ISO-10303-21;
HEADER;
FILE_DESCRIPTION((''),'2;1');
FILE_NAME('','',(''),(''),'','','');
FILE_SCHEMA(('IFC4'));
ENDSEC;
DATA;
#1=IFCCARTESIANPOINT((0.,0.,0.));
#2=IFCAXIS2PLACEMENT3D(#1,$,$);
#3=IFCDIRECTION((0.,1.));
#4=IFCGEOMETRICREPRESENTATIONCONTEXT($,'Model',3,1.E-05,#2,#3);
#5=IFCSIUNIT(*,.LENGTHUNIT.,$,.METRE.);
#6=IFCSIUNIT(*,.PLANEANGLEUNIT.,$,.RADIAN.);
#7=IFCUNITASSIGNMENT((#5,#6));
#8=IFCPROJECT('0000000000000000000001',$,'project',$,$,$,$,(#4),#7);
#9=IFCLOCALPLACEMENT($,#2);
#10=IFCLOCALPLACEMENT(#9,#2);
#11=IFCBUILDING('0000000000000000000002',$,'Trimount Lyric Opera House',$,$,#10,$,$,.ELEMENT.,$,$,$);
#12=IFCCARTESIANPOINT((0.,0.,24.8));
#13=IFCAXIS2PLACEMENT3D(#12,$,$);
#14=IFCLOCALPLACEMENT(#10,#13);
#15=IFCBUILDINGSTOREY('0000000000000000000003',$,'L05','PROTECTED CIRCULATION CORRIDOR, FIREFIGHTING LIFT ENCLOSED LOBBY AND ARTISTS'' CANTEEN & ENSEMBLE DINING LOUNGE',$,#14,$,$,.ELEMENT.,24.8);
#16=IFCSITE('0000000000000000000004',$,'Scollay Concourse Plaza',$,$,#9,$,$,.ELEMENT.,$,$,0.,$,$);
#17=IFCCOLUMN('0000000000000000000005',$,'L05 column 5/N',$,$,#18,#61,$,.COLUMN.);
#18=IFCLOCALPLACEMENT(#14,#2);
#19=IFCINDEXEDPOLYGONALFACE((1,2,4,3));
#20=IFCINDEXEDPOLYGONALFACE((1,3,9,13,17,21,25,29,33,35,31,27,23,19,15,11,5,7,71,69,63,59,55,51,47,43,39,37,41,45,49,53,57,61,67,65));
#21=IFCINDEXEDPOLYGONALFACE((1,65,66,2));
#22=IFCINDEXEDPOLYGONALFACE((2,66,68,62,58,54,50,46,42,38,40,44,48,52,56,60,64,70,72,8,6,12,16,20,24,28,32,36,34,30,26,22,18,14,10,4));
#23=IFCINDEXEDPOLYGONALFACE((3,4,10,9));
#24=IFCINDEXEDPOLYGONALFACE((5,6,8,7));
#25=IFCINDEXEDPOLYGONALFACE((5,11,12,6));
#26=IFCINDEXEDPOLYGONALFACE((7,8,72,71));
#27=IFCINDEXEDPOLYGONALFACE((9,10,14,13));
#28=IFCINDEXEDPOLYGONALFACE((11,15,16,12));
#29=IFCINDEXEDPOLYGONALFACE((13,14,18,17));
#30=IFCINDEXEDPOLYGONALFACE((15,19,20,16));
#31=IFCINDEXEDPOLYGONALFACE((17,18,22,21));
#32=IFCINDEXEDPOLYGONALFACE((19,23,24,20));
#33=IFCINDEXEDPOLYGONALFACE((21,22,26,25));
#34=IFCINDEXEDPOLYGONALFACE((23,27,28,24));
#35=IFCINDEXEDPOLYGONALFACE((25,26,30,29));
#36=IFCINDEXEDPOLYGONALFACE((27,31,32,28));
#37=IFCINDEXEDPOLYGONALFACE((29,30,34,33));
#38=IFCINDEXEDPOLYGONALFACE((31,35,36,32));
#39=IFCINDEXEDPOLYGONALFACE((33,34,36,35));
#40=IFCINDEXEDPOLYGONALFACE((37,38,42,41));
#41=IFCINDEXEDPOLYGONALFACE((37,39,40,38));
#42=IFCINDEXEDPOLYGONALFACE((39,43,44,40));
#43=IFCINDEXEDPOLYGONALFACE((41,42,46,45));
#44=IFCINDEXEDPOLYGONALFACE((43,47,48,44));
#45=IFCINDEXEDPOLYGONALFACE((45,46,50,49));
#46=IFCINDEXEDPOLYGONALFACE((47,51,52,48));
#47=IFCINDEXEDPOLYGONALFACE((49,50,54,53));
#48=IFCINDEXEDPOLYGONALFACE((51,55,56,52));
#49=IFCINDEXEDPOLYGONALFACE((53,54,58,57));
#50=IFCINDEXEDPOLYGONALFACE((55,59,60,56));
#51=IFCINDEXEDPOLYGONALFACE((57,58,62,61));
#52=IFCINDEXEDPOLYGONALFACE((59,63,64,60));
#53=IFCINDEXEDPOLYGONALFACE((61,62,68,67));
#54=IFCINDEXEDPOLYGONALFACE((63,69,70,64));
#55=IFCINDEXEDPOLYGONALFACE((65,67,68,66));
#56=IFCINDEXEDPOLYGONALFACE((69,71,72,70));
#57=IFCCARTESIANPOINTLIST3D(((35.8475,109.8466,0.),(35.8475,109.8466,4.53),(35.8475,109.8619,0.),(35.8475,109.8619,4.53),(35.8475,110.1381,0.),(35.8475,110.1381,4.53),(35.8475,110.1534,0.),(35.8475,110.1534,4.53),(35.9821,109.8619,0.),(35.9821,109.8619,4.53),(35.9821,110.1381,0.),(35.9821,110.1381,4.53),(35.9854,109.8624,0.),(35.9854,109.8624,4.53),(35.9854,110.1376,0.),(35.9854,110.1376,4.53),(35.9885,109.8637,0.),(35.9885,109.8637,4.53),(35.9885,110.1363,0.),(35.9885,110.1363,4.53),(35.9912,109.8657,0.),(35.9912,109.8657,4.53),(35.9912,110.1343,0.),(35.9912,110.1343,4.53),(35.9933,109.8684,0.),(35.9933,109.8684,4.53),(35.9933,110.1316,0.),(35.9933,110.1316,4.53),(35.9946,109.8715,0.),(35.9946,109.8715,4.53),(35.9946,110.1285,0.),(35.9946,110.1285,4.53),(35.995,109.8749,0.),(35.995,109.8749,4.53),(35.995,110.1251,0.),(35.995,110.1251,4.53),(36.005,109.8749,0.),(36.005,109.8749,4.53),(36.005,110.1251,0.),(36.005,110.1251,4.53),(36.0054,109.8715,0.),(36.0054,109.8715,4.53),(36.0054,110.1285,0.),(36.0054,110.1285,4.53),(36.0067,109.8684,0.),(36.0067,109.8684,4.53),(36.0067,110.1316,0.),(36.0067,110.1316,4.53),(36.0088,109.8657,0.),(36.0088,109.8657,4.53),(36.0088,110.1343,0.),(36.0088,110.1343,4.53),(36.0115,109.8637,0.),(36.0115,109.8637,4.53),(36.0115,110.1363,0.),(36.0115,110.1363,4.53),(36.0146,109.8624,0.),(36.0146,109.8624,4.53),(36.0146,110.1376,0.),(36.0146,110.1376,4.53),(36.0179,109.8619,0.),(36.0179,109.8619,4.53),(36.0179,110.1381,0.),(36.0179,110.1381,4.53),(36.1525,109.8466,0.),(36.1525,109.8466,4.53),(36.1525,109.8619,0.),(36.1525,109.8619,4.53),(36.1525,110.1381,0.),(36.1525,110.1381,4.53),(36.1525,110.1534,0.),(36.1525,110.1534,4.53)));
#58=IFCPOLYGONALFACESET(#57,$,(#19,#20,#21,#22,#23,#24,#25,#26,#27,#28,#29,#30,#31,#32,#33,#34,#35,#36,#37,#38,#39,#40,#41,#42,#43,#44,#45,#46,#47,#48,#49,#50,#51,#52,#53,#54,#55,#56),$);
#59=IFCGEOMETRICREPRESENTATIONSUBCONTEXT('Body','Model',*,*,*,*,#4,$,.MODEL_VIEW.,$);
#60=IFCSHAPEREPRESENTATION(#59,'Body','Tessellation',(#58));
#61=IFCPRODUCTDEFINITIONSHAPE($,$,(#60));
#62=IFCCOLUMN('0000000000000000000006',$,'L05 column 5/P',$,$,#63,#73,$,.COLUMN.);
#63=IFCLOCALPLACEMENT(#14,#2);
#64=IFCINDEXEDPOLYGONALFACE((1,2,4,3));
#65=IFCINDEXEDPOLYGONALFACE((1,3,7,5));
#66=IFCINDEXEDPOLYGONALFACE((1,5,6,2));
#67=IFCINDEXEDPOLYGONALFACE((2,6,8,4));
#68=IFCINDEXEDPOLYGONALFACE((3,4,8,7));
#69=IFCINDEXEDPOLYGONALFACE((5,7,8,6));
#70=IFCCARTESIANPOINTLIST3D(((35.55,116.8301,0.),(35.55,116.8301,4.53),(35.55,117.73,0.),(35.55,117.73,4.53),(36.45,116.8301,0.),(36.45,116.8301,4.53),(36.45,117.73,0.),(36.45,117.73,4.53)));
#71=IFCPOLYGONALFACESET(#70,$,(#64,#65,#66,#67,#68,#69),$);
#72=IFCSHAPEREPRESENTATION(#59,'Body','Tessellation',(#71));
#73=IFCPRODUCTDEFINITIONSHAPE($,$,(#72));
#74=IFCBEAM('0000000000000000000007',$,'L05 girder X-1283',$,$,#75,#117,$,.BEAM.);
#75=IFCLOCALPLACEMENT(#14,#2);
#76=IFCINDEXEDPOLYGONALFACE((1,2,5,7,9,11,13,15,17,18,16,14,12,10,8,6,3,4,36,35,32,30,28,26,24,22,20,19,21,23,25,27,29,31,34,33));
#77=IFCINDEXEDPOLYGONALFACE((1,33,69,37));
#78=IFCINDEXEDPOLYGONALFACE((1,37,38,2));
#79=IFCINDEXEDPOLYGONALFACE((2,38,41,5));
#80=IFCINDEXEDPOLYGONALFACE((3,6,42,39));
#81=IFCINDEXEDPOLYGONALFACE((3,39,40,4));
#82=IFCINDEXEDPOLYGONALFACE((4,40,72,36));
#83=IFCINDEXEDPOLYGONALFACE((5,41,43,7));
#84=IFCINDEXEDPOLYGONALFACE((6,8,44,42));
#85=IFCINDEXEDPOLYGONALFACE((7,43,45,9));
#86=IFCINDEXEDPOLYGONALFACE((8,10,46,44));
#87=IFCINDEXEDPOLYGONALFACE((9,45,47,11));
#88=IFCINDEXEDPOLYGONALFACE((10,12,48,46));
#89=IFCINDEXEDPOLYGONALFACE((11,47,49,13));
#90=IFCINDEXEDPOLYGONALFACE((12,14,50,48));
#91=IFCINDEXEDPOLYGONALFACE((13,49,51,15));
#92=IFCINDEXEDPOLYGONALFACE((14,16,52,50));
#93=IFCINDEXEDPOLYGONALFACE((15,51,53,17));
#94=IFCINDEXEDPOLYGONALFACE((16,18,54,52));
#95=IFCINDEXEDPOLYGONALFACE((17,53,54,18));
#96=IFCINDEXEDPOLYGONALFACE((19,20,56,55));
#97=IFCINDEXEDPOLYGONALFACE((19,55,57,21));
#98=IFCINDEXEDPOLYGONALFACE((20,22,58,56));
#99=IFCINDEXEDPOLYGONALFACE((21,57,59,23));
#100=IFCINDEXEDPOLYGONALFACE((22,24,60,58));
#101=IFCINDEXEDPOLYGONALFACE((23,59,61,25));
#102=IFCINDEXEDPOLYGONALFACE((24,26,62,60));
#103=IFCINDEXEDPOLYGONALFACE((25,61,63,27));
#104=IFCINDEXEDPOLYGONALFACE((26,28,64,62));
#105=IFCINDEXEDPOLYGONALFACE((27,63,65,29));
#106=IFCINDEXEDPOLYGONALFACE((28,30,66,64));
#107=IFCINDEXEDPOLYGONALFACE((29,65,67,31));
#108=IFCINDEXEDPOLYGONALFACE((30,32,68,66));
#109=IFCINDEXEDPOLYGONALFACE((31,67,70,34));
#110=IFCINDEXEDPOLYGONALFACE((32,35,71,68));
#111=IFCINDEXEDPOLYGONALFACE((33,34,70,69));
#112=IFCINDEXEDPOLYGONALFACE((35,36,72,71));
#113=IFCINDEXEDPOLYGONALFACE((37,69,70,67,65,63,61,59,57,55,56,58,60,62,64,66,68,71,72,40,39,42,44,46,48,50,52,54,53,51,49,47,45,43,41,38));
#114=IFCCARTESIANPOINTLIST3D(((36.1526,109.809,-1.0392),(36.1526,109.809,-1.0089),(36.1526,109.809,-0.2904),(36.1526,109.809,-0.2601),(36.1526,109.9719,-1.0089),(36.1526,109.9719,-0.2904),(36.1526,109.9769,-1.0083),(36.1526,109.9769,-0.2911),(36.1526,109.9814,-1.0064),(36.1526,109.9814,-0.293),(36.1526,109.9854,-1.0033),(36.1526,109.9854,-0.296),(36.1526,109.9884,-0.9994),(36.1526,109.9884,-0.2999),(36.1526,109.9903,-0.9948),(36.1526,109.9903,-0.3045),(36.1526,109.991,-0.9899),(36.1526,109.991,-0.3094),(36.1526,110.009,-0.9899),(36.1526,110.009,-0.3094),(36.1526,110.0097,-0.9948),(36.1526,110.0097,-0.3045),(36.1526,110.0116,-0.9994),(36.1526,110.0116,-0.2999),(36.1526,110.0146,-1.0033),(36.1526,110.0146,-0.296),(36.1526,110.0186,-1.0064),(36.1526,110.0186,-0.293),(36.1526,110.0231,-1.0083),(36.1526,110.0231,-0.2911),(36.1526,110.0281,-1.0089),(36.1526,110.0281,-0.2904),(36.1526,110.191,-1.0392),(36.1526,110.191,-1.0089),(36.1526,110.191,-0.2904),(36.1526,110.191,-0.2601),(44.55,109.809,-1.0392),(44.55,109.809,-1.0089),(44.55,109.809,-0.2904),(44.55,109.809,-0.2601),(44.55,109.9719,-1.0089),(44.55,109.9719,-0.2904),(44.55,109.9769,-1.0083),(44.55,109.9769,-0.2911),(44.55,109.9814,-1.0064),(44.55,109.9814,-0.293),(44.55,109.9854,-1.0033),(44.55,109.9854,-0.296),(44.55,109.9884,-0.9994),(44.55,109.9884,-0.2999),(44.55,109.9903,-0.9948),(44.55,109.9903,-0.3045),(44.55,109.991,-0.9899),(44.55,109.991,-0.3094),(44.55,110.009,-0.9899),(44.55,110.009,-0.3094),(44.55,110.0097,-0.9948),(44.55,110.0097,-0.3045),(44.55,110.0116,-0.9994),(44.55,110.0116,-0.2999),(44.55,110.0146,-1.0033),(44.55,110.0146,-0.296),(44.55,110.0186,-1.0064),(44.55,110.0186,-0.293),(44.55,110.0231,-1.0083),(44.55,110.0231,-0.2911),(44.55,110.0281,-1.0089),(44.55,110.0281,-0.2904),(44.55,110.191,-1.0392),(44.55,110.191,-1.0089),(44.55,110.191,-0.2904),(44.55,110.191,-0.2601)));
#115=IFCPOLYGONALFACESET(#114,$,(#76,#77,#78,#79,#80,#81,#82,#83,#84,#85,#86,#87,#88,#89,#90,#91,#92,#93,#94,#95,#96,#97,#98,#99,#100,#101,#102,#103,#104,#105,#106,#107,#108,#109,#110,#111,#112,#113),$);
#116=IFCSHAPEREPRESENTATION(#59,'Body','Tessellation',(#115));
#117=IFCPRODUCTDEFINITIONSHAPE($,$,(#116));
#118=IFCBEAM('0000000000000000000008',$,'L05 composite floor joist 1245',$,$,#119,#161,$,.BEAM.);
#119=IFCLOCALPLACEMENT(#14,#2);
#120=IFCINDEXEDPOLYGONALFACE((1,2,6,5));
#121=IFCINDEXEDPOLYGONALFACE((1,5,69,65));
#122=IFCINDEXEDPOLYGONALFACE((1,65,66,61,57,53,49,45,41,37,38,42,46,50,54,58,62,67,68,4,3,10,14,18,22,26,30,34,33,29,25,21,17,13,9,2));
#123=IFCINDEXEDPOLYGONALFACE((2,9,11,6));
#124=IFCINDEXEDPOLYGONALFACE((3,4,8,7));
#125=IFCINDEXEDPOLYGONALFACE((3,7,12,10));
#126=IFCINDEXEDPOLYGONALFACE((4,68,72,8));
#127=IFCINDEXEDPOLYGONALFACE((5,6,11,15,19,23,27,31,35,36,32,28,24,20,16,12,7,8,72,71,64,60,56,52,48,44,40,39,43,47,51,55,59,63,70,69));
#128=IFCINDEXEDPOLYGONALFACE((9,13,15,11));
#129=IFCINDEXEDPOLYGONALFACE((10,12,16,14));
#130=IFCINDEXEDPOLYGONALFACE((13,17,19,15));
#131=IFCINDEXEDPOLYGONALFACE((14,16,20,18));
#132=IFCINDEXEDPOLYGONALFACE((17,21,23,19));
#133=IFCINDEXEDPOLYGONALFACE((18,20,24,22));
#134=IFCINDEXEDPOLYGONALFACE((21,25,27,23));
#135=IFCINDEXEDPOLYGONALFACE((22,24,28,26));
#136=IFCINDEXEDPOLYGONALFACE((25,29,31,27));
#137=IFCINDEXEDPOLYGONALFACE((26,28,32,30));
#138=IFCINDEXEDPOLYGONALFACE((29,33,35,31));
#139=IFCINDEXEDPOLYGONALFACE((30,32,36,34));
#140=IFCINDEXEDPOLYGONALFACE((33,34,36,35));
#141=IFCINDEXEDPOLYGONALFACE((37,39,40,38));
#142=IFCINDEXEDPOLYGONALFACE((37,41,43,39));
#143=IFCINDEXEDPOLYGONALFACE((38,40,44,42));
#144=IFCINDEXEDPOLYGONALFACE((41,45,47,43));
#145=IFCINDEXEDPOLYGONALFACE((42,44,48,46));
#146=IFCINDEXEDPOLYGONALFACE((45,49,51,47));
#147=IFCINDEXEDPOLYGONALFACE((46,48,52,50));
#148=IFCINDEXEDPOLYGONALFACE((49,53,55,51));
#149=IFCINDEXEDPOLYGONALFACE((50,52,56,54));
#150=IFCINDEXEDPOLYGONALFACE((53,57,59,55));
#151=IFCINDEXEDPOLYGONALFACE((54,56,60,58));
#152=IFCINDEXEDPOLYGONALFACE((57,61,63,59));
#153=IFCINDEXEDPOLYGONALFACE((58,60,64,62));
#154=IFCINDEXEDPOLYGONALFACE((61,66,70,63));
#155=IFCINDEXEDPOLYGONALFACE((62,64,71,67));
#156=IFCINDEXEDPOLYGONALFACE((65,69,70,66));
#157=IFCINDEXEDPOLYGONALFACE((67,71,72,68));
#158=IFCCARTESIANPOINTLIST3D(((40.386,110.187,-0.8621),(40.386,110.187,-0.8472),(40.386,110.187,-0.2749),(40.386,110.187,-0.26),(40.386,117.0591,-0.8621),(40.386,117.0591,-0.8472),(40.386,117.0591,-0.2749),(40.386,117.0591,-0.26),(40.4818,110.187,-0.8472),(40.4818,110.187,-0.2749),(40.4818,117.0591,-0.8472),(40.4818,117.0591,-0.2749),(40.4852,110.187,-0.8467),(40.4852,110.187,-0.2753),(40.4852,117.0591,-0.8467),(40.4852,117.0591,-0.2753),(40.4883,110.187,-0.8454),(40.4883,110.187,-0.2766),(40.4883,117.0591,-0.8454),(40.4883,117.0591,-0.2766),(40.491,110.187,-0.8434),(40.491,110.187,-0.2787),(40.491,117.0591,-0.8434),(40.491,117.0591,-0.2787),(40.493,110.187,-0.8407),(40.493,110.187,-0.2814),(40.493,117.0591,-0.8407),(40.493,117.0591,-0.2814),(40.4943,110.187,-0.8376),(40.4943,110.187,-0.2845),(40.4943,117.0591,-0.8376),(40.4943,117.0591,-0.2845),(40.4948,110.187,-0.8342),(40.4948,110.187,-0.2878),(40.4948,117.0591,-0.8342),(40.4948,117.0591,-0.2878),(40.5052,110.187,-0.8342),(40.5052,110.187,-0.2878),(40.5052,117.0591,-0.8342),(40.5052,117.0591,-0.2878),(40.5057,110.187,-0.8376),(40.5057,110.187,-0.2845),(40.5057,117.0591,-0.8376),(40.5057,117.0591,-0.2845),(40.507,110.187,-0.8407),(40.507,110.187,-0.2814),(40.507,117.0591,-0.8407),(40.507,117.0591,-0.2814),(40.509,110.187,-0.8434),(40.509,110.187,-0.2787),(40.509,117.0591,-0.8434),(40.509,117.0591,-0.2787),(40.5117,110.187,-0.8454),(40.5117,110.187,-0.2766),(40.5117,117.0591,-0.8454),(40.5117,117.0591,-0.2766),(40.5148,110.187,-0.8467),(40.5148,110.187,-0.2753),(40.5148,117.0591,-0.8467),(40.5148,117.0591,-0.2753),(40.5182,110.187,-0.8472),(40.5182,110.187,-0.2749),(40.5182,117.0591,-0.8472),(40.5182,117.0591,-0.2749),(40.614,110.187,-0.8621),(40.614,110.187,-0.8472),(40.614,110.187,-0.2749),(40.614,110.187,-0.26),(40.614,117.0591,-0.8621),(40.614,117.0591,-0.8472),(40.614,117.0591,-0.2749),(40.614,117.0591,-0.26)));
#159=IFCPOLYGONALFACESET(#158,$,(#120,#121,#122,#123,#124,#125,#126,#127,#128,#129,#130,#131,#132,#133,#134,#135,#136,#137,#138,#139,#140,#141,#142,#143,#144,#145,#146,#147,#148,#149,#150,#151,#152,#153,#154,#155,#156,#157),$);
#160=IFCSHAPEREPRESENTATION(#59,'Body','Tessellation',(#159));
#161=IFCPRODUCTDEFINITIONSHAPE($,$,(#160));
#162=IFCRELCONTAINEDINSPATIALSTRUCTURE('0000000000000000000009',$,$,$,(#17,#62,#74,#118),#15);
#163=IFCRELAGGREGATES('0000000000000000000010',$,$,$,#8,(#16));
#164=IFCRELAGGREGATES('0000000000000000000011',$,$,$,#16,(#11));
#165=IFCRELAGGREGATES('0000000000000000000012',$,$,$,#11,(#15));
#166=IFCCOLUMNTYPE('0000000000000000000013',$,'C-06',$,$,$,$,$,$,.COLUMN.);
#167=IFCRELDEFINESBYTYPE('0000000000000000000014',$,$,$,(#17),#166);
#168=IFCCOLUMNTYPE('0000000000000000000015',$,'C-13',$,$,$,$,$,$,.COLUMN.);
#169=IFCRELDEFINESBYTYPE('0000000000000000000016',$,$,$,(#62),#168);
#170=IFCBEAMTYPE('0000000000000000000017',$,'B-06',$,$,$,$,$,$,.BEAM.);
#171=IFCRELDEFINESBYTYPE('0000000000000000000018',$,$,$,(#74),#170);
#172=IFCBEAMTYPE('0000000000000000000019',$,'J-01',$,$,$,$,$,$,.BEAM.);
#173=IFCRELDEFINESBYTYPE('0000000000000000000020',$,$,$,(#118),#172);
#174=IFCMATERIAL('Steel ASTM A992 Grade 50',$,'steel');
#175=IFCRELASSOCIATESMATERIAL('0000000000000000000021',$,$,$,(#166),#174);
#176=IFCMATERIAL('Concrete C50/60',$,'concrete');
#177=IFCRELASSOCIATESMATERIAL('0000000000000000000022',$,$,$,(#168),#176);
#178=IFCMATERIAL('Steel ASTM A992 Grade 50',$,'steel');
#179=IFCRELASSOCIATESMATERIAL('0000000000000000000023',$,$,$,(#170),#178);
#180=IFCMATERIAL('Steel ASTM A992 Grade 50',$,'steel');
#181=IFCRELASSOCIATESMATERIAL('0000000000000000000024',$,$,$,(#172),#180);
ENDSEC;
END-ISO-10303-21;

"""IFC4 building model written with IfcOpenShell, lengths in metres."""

from ifc_helpers import new_model, si_unit, direction, frame, origin, origin_2d, place, context, subcontext, project, spatial, rectangle, i_section, extrude, material, material_profile, profile_set, type_object, element, save


model = new_model("IFC4")

# Units and contexts
model_context = context("Model", 3, precision=1e-05, world=origin(), true_north=direction((0.0, 1.0)))
body_context = subcontext(model_context, "Body", "Model", "MODEL_VIEW")
ifc_project = project(units=[si_unit("LENGTHUNIT", "METRE"), si_unit("PLANEANGLEUNIT", "RADIAN")], contexts=[model_context])

# Site, building, storey
site_placement = place(None, origin())
site = spatial("IfcSite", under=ifc_project, at=site_placement, Name="Scollay Concourse Plaza", CompositionType="ELEMENT", RefElevation=0.0)
building_placement = place(site_placement, origin())
building = spatial("IfcBuilding", under=site, at=building_placement, Name="Trimount Lyric Opera House", CompositionType="ELEMENT")
storey_placement = place(building_placement, frame((0.0, 0.0, 24.8)))
storey = spatial("IfcBuildingStorey", under=building, at=storey_placement, Name="L05", Description="PROTECTED CIRCULATION CORRIDOR, FIREFIGHTING LIFT ENCLOSED LOBBY AND ARTISTS' CANTEEN & ENSEMBLE DINING LOUNGE", CompositionType="ELEMENT", Elevation=24.8)

# Columns
ifc_material_1 = material(Name="Steel ASTM A992 Grade 50", Category="steel")
ifc_material_profile_1 = material_profile(ifc_material_1, i_section(OverallWidth=0.3049, OverallDepth=0.3069, WebThickness=0.01, FlangeThickness=0.0154, FilletRadius=0.0129, at=origin_2d()), Name="W12X65")
ifc_profile_set_1 = profile_set([ifc_material_profile_1], Name="Steel ASTM A992 Grade 50")
column_type_1 = type_object("IfcColumnType", Name="C-06", PredefinedType="COLUMN", material=ifc_profile_set_1)
column_1_placement = place(storey_placement, frame((36.0, 110.0, 0.0), z_axis=(0.0, 0.0, 1.0), x_axis=(1.0, 0.0, 0.0)))
element("IfcColumn", 1, at=column_1_placement, inside=storey, type_object=column_type_1, Name="L05 column 5/N", PredefinedType="COLUMN", context=body_context, shape_type="SweptSolid", body=[
    extrude(i_section(OverallWidth=0.3049, OverallDepth=0.3069, WebThickness=0.01, FlangeThickness=0.0154, FilletRadius=0.0129, at=origin_2d()), origin(), (0.0, 0.0, 1.0), 4.53),
])
ifc_material_2 = material(Name="Concrete C50/60", Category="concrete")
ifc_material_profile_2 = material_profile(ifc_material_2, rectangle(XDim=0.8999, YDim=0.8999, at=origin_2d()), Name="RC900X900")
ifc_profile_set_2 = profile_set([ifc_material_profile_2], Name="Concrete C50/60")
column_type_2 = type_object("IfcColumnType", Name="C-13", PredefinedType="COLUMN", material=ifc_profile_set_2)
column_2_placement = place(storey_placement, frame((36.0, 117.28, 0.0), z_axis=(0.0, 0.0, 1.0), x_axis=(1.0, 0.0, 0.0)))
element("IfcColumn", 2, at=column_2_placement, inside=storey, type_object=column_type_2, Name="L05 column 5/P", PredefinedType="COLUMN", context=body_context, shape_type="SweptSolid", body=[
    extrude(rectangle(XDim=0.8999, YDim=0.8999, at=origin_2d()), origin(), (0.0, 0.0, 1.0), 4.53),
])

# Beams
ifc_material_3 = material(Name="Steel ASTM A992 Grade 50", Category="steel")
ifc_material_profile_3 = material_profile(ifc_material_3, i_section(OverallWidth=0.3821, OverallDepth=0.7791, WebThickness=0.0181, FlangeThickness=0.0303, FilletRadius=0.019, at=origin_2d()), Name="W30X191")
ifc_profile_set_3 = profile_set([ifc_material_profile_3], Name="Steel ASTM A992 Grade 50")
beam_type_1 = type_object("IfcBeamType", Name="B-06", PredefinedType="BEAM", material=ifc_profile_set_3)
beam_1_placement = place(storey_placement, frame((36.1526, 110.0, -0.6497), z_axis=(1.0, 0.0, 0.0), x_axis=(0.0, 1.0, 0.0)))
element("IfcBeam", 3, at=beam_1_placement, inside=storey, type_object=beam_type_1, Name="L05 girder X-1283", PredefinedType="BEAM", context=body_context, shape_type="SweptSolid", body=[
    extrude(i_section(OverallWidth=0.3821, OverallDepth=0.7791, WebThickness=0.0181, FlangeThickness=0.0303, FilletRadius=0.019, at=origin_2d()), origin(), (0.0, 0.0, 1.0), 8.3975),
])
ifc_material_4 = material(Name="Steel ASTM A992 Grade 50", Category="steel")
ifc_material_profile_4 = material_profile(ifc_material_4, i_section(OverallWidth=0.228, OverallDepth=0.6021, WebThickness=0.0105, FlangeThickness=0.0149, FilletRadius=0.0129, at=origin_2d()), Name="W24X68")
ifc_profile_set_4 = profile_set([ifc_material_profile_4], Name="Steel ASTM A992 Grade 50")
beam_type_2 = type_object("IfcBeamType", Name="J-01", PredefinedType="BEAM", material=ifc_profile_set_4)
beam_2_placement = place(storey_placement, frame((40.5, 110.187, -0.561), z_axis=(0.0, 1.0, 0.0), x_axis=(-1.0, 0.0, 0.0)))
element("IfcBeam", 4, at=beam_2_placement, inside=storey, type_object=beam_type_2, Name="L05 composite floor joist 1245", PredefinedType="BEAM", context=body_context, shape_type="SweptSolid", body=[
    extrude(i_section(OverallWidth=0.228, OverallDepth=0.6021, WebThickness=0.0105, FlangeThickness=0.0149, FilletRadius=0.0129, at=origin_2d()), origin(), (0.0, 0.0, 1.0), 6.8721),
])

save(model, "model.ifc")
